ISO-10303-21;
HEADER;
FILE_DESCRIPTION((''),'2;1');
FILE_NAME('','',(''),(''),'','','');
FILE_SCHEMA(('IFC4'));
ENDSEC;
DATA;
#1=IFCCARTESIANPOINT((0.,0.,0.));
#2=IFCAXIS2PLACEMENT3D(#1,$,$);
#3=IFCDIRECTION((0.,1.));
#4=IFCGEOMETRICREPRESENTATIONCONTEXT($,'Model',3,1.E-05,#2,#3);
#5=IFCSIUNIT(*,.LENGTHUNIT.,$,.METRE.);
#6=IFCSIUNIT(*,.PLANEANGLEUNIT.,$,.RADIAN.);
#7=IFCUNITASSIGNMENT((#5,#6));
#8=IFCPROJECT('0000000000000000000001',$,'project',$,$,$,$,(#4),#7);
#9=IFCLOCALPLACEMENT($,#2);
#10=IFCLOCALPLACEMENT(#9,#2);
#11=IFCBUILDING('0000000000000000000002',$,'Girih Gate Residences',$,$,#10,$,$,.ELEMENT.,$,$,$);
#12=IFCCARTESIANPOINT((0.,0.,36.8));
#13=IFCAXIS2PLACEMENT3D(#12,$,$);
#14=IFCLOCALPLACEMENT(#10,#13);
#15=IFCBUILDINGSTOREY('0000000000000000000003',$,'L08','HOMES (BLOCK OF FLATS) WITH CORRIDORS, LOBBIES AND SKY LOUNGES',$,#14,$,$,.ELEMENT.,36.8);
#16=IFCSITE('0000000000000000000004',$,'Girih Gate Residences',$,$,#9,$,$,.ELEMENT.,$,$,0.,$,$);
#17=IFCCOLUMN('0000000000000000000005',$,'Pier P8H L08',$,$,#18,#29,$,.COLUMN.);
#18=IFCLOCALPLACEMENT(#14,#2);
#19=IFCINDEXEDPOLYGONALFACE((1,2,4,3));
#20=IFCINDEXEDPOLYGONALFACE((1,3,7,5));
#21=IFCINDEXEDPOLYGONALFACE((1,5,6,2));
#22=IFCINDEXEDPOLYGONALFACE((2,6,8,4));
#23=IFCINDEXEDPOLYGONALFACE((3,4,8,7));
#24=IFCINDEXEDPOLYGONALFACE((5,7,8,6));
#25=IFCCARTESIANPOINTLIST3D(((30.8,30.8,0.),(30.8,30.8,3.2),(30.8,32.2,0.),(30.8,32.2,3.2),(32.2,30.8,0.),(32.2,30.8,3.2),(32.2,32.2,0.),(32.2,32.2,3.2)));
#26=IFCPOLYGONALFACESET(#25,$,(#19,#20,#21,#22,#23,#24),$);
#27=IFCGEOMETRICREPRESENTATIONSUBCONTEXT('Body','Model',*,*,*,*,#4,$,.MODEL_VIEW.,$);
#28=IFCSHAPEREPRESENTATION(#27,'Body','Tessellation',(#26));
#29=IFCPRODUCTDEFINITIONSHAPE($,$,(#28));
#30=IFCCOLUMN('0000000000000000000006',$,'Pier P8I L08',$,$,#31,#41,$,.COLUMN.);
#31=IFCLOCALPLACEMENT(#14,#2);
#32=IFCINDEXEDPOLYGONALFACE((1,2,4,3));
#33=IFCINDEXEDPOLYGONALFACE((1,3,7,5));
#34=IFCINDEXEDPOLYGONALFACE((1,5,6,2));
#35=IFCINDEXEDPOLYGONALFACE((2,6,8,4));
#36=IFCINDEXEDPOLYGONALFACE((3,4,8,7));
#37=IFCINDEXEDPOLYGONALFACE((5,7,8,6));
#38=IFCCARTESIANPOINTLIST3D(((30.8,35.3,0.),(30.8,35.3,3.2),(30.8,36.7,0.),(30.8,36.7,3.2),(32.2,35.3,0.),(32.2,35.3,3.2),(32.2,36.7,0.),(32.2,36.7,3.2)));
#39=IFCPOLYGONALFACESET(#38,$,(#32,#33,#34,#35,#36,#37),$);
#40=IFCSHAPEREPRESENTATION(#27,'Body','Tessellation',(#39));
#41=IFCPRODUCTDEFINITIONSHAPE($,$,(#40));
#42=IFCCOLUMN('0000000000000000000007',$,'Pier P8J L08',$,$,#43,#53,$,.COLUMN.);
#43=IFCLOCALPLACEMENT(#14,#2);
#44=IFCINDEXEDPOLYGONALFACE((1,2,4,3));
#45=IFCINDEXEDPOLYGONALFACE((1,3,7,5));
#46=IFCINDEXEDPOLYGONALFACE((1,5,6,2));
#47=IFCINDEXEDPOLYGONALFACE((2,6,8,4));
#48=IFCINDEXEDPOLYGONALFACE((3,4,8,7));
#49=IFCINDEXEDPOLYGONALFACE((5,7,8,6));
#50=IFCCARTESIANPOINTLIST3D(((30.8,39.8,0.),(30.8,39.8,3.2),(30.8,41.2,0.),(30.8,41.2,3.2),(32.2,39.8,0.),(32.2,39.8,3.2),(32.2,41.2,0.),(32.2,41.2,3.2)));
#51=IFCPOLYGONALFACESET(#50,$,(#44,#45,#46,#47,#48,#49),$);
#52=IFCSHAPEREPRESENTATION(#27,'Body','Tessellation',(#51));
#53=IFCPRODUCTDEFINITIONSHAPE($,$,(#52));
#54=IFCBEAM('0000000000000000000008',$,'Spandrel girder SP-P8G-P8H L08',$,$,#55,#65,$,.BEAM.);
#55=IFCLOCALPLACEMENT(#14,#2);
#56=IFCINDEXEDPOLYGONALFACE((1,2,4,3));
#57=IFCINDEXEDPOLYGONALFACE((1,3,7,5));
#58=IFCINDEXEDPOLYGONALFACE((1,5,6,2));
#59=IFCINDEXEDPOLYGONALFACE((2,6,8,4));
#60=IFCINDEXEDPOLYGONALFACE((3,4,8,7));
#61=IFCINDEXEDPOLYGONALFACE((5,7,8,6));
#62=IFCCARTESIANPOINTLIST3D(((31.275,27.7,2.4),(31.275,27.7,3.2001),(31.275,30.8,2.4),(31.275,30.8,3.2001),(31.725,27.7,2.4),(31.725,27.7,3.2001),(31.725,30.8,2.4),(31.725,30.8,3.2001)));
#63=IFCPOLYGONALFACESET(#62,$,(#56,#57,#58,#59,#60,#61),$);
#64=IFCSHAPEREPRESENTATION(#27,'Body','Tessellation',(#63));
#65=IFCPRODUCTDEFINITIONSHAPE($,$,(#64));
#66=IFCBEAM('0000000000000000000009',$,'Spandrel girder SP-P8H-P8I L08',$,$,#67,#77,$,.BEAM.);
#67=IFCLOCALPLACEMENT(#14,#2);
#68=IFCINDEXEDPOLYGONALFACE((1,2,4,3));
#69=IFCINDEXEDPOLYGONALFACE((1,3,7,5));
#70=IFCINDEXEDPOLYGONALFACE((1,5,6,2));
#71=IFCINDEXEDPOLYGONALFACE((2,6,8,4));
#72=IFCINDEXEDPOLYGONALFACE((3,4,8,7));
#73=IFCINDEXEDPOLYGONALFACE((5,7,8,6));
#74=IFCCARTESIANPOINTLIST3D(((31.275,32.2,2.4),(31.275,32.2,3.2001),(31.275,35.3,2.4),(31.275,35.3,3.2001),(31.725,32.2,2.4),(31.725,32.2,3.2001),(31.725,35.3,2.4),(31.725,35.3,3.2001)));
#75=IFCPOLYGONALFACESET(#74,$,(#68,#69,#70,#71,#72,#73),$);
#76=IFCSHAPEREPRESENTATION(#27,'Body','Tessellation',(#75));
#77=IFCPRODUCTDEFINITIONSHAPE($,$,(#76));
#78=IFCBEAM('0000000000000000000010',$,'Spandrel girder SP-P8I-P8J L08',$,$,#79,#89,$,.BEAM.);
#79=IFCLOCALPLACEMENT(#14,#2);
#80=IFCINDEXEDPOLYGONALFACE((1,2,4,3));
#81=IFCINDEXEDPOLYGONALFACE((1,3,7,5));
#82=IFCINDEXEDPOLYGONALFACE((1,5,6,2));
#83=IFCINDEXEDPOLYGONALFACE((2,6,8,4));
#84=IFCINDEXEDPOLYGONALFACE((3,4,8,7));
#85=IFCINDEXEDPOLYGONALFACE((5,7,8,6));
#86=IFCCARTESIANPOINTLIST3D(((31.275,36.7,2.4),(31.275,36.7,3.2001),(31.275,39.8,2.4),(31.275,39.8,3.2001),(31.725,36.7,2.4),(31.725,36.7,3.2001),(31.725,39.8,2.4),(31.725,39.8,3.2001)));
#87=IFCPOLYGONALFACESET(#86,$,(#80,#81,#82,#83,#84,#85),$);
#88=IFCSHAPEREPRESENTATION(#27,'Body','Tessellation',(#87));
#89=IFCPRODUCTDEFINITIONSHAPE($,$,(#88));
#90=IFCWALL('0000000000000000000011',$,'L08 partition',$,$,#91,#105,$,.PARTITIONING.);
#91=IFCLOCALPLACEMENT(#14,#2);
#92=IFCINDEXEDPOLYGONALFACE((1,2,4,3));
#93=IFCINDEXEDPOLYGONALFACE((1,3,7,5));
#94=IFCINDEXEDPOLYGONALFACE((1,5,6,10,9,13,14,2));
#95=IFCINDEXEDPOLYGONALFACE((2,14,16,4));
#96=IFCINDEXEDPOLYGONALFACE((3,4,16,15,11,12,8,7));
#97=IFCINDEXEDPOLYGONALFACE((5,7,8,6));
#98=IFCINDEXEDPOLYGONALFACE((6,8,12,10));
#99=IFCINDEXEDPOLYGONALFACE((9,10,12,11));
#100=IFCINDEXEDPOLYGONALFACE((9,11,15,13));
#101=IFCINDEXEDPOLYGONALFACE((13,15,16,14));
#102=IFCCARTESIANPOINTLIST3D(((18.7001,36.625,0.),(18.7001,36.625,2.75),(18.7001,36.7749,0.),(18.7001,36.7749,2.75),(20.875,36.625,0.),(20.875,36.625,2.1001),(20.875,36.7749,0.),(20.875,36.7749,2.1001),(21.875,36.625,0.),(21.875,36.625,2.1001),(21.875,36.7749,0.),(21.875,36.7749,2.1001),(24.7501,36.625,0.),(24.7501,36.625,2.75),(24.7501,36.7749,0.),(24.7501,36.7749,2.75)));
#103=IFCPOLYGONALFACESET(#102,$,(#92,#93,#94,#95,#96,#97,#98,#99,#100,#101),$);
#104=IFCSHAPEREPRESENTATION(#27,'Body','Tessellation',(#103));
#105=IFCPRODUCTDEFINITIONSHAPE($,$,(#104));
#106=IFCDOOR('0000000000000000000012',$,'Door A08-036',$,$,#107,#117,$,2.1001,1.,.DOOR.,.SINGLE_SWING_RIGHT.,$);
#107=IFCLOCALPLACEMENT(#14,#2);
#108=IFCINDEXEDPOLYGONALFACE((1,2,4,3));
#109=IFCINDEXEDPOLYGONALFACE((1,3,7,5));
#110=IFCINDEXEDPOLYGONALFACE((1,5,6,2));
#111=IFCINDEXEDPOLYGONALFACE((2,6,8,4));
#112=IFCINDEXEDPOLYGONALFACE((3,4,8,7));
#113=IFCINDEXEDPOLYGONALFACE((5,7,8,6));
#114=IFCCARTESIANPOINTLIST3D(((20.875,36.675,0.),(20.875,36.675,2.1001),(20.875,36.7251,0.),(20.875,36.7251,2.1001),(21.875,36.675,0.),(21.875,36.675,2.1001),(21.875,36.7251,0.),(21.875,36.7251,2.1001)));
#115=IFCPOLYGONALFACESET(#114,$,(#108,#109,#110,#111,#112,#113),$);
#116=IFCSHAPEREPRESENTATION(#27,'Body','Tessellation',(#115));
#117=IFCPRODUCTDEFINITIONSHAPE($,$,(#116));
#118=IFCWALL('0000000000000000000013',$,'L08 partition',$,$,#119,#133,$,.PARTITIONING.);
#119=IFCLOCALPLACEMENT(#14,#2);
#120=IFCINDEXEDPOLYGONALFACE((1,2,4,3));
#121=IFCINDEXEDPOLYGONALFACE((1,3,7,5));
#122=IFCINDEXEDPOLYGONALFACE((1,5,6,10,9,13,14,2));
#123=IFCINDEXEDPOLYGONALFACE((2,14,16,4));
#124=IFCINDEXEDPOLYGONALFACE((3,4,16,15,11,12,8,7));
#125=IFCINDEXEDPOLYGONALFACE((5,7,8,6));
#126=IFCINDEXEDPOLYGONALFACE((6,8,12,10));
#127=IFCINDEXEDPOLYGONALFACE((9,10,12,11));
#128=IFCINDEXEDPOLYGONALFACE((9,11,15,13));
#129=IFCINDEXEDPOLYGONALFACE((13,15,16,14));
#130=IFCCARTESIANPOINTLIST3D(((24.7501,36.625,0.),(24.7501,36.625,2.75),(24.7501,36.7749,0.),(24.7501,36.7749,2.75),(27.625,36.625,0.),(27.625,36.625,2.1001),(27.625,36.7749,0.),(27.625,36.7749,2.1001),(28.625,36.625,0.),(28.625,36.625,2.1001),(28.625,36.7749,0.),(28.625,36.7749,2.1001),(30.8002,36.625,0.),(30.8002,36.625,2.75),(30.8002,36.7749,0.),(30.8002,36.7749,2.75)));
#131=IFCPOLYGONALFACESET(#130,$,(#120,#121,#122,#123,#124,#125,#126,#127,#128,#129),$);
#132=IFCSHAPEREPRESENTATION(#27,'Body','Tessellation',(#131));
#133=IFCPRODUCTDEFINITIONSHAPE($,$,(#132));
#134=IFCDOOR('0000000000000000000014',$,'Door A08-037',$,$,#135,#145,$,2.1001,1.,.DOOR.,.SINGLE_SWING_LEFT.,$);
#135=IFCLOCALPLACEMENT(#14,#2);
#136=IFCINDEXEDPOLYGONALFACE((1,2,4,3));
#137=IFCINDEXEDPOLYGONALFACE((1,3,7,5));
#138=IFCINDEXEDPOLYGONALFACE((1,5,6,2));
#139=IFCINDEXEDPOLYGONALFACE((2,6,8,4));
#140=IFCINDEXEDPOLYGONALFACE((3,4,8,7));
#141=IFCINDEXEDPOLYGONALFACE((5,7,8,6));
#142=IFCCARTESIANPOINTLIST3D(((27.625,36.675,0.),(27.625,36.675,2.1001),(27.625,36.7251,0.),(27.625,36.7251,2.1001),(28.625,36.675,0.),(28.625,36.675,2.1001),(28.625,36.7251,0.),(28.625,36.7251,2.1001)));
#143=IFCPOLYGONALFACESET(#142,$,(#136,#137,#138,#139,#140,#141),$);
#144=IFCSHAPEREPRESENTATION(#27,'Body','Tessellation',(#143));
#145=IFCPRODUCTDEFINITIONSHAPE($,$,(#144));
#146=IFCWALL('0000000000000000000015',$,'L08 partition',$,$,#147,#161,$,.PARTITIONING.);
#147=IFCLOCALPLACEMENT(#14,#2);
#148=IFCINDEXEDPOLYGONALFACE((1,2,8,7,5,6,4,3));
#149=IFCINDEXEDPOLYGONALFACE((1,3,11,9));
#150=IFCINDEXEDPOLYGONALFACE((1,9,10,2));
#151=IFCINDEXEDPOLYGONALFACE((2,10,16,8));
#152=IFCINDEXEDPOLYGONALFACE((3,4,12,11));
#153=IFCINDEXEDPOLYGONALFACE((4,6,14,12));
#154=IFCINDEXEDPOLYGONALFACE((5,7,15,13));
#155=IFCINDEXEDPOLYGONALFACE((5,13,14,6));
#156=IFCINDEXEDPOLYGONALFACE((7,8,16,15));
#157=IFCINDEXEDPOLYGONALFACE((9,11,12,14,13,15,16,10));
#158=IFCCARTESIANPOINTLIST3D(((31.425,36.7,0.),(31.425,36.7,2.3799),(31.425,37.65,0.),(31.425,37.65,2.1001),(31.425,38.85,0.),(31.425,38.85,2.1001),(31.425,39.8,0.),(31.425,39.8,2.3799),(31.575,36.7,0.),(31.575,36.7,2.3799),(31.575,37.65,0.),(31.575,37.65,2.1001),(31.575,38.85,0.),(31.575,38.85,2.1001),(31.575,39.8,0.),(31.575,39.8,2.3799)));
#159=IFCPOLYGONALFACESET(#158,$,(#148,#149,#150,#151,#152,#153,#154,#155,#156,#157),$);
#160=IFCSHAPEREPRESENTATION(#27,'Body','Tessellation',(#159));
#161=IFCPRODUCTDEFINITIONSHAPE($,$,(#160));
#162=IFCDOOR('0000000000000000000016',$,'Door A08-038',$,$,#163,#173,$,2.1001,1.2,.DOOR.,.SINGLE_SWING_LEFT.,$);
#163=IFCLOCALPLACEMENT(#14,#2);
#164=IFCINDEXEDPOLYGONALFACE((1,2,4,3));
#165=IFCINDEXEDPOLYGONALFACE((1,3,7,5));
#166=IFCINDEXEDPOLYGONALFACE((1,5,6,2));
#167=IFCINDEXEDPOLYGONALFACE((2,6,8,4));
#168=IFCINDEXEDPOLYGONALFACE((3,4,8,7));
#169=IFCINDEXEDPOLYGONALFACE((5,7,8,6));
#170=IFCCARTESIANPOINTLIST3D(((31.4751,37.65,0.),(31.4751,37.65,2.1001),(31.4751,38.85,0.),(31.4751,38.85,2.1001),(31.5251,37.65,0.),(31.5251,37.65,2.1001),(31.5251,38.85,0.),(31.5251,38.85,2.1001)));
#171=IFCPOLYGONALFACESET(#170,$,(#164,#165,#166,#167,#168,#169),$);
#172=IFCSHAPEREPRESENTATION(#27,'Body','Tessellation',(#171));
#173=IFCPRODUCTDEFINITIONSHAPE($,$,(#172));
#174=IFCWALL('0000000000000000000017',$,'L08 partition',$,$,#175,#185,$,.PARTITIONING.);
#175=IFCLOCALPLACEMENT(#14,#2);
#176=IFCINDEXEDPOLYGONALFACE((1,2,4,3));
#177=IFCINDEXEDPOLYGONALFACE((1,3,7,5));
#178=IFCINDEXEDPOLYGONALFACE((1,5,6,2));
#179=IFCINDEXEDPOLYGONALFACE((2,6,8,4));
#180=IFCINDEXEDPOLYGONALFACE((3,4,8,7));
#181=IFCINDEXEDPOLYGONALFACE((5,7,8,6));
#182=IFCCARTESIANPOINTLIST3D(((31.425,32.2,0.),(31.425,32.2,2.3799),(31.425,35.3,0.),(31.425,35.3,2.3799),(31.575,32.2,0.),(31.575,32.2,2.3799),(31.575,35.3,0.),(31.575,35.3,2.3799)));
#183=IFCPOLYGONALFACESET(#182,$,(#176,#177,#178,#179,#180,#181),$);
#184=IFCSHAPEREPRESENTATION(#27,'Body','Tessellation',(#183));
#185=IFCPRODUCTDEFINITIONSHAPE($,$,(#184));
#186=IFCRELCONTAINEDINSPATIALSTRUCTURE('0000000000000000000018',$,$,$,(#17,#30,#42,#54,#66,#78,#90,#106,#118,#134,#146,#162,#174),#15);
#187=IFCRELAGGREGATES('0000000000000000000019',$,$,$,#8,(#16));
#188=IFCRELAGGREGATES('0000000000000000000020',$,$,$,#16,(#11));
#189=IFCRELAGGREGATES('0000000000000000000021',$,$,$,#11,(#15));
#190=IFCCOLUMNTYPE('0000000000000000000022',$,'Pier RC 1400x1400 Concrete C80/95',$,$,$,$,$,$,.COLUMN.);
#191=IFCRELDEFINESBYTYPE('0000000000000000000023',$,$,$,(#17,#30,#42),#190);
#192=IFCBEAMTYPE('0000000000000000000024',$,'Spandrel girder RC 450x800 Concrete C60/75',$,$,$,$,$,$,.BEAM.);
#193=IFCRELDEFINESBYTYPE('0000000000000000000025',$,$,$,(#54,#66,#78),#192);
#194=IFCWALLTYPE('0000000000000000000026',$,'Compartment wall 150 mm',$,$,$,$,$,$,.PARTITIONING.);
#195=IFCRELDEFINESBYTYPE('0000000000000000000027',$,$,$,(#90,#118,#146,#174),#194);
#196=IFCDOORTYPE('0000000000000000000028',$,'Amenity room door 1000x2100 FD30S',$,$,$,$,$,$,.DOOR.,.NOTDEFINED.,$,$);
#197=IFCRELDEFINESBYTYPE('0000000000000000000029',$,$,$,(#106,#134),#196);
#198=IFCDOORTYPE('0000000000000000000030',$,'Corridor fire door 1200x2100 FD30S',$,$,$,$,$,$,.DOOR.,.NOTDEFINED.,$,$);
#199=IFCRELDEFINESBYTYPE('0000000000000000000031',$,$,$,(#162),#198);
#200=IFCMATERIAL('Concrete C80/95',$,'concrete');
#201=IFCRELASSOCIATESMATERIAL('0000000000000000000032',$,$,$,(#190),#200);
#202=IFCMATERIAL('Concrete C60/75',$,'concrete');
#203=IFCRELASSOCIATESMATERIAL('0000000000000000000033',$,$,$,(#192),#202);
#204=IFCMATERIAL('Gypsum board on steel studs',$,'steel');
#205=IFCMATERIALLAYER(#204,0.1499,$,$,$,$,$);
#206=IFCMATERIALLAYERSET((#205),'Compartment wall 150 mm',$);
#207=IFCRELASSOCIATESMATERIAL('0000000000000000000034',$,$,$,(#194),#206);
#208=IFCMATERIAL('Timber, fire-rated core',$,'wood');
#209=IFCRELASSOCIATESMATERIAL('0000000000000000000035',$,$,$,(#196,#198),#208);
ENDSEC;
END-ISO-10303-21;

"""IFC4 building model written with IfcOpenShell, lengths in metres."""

from ifc_helpers import new_model, si_unit, direction, frame, frame_2d, origin, origin_2d, place, context, subcontext, project, spatial, rectangle, extrude, material, layer, layer_set, material_profile, profile_set, type_object, element, fill, save


model = new_model("IFC4")

# Units and contexts
model_context = context("Model", 3, precision=1e-05, world=origin(), true_north=direction((0.0, 1.0)))
body_context = subcontext(model_context, "Body", "Model", "MODEL_VIEW")
ifc_project = project(units=[si_unit("LENGTHUNIT", "METRE"), si_unit("PLANEANGLEUNIT", "RADIAN")], contexts=[model_context])

# Site, building, storey
site_placement = place(None, origin())
site = spatial("IfcSite", under=ifc_project, at=site_placement, Name="Girih Gate Residences", CompositionType="ELEMENT", RefElevation=0.0)
building_placement = place(site_placement, origin())
building = spatial("IfcBuilding", under=site, at=building_placement, Name="Girih Gate Residences", CompositionType="ELEMENT")
storey_placement = place(building_placement, frame((0.0, 0.0, 36.8)))
storey = spatial("IfcBuildingStorey", under=building, at=storey_placement, Name="L08", Description="HOMES (BLOCK OF FLATS) WITH CORRIDORS, LOBBIES AND SKY LOUNGES", CompositionType="ELEMENT", Elevation=36.8)

# Columns
ifc_material_1 = material(Name="Concrete C80/95", Category="concrete")
ifc_material_profile_1 = material_profile(ifc_material_1, rectangle(XDim=1.3999, YDim=1.3999, at=origin_2d()))
ifc_profile_set_1 = profile_set([ifc_material_profile_1], Name="Concrete C80/95")
column_type = type_object("IfcColumnType", Name="Pier RC 1400x1400 Concrete C80/95", PredefinedType="COLUMN", material=ifc_profile_set_1)
for number, where, z_axis, x_axis, name in (
    (1, (31.5, 31.5, 0.0), (0.0, 0.0, 1.0), (1.0, 0.0, 0.0), "Pier P8H L08"),
    (2, (31.5, 36.0, 0.0), (0.0, 0.0, 1.0), (1.0, 0.0, 0.0), "Pier P8I L08"),
    (3, (31.5, 40.5, 0.0), (0.0, 0.0, 1.0), (1.0, 0.0, 0.0), "Pier P8J L08"),
):
    element("IfcColumn", number, at=place(storey_placement, frame(where, z_axis=z_axis, x_axis=x_axis)), inside=storey, type_object=column_type, Name=name, PredefinedType="COLUMN", context=body_context, shape_type="SweptSolid", body=[
        extrude(rectangle(XDim=1.3999, YDim=1.3999, at=origin_2d()), origin(), (0.0, 0.0, 1.0), 3.2),
    ])

# Beams
ifc_material_2 = material(Name="Concrete C60/75", Category="concrete")
ifc_material_profile_2 = material_profile(ifc_material_2, rectangle(XDim=0.45, YDim=0.8, at=origin_2d()))
ifc_profile_set_2 = profile_set([ifc_material_profile_2], Name="Concrete C60/75")
beam_type = type_object("IfcBeamType", Name="Spandrel girder RC 450x800 Concrete C60/75", PredefinedType="BEAM", material=ifc_profile_set_2)
for number, where, z_axis, x_axis, name in (
    (4, (31.5, 27.7, 2.8), (0.0, 1.0, 0.0), (-1.0, 0.0, 0.0), "Spandrel girder SP-P8G-P8H L08"),
    (5, (31.5, 32.2, 2.8), (0.0, 1.0, 0.0), (-1.0, 0.0, 0.0), "Spandrel girder SP-P8H-P8I L08"),
    (6, (31.5, 36.7, 2.8), (0.0, 1.0, 0.0), (-1.0, 0.0, 0.0), "Spandrel girder SP-P8I-P8J L08"),
):
    element("IfcBeam", number, at=place(storey_placement, frame(where, z_axis=z_axis, x_axis=x_axis)), inside=storey, type_object=beam_type, Name=name, PredefinedType="BEAM", context=body_context, shape_type="SweptSolid", body=[
        extrude(rectangle(XDim=0.45, YDim=0.8, at=origin_2d()), origin(), (0.0, 0.0, 1.0), 3.1001),
    ])

# Walls, openings, doors
ifc_material_3 = material(Name="Gypsum board on steel studs", Category="steel")
ifc_layer = layer(ifc_material_3, 0.1499)
ifc_layer_set = layer_set([ifc_layer], Name="Compartment wall 150 mm")
wall_type = type_object("IfcWallType", Name="Compartment wall 150 mm", PredefinedType="PARTITIONING", material=ifc_layer_set)
wall_1_placement = place(storey_placement, frame((24.75, 36.7, 0.0), z_axis=(0.0, 0.0, 1.0), x_axis=(-1.0, 0.0, 0.0)))
wall_1 = element("IfcWall", 7, at=wall_1_placement, inside=storey, type_object=wall_type, Name="L08 partition", PredefinedType="PARTITIONING", context=body_context, shape_type="SweptSolid", body=[
    extrude(rectangle(XDim=6.05, YDim=0.1499, at=frame_2d((3.0249, 0.0))), origin(), (0.0, 0.0, 1.0), 2.75),
])
opening_1_placement = place(wall_1_placement, frame((2.875, 0.0, 0.0)))
opening_1 = element("IfcOpeningElement", 8, at=opening_1_placement, cuts=wall_1, PredefinedType="OPENING", context=body_context, shape_type="SweptSolid", body=[
    extrude(rectangle(XDim=1.0, YDim=2.1001, at=frame_2d((0.5, 1.05))), frame((0.0, 0.085, 0.0), z_axis=(0.0, -1.0, 0.0), x_axis=(1.0, 0.0, 0.0)), (0.0, 0.0, 1.0), 0.1699),
])
ifc_material_4 = material(Name="Timber, fire-rated core", Category="wood")
door_type_1 = type_object("IfcDoorType", Name="Amenity room door 1000x2100 FD30S", OperationType="NOTDEFINED", PredefinedType="DOOR", material=ifc_material_4)
door_1_placement = place(opening_1_placement, origin())
door_1 = element("IfcDoor", 9, at=door_1_placement, inside=storey, type_object=door_type_1, Name="Door A08-036", OperationType="SINGLE_SWING_RIGHT", OverallHeight=2.1001, OverallWidth=1.0, PredefinedType="DOOR", context=body_context, shape_type="SweptSolid", body=[
    extrude(rectangle(XDim=1.0, YDim=2.1001, at=frame_2d((0.5, 1.05))), frame((0.0, 0.0249, 0.0), z_axis=(0.0, -1.0, 0.0), x_axis=(1.0, 0.0, 0.0)), (0.0, 0.0, 1.0), 0.05),
])
fill(opening_1, door_1)
wall_2_placement = place(storey_placement, frame((30.8, 36.7, 0.0), z_axis=(0.0, 0.0, 1.0), x_axis=(-1.0, 0.0, 0.0)))
wall_2 = element("IfcWall", 10, at=wall_2_placement, inside=storey, type_object=wall_type, Name="L08 partition", PredefinedType="PARTITIONING", context=body_context, shape_type="SweptSolid", body=[
    extrude(rectangle(XDim=6.05, YDim=0.1499, at=frame_2d((3.0249, 0.0))), origin(), (0.0, 0.0, 1.0), 2.75),
])
opening_2_placement = place(wall_2_placement, frame((2.175, 0.0, 0.0)))
opening_2 = element("IfcOpeningElement", 11, at=opening_2_placement, cuts=wall_2, PredefinedType="OPENING", context=body_context, shape_type="SweptSolid", body=[
    extrude(rectangle(XDim=1.0, YDim=2.1001, at=frame_2d((0.5, 1.05))), frame((0.0, 0.085, 0.0), z_axis=(0.0, -1.0, 0.0), x_axis=(1.0, 0.0, 0.0)), (0.0, 0.0, 1.0), 0.1699),
])
door_2_placement = place(opening_2_placement, origin())
door_2 = element("IfcDoor", 12, at=door_2_placement, inside=storey, type_object=door_type_1, Name="Door A08-037", OperationType="SINGLE_SWING_LEFT", OverallHeight=2.1001, OverallWidth=1.0, PredefinedType="DOOR", context=body_context, shape_type="SweptSolid", body=[
    extrude(rectangle(XDim=1.0, YDim=2.1001, at=frame_2d((0.5, 1.05))), frame((0.0, 0.0249, 0.0), z_axis=(0.0, -1.0, 0.0), x_axis=(1.0, 0.0, 0.0)), (0.0, 0.0, 1.0), 0.05),
])
fill(opening_2, door_2)
wall_3_placement = place(storey_placement, frame((31.5, 36.7, 0.0), z_axis=(0.0, 0.0, 1.0), x_axis=(0.0, 1.0, 0.0)))
wall_3 = element("IfcWall", 13, at=wall_3_placement, inside=storey, type_object=wall_type, Name="L08 partition", PredefinedType="PARTITIONING", context=body_context, shape_type="SweptSolid", body=[
    extrude(rectangle(XDim=3.1001, YDim=0.1499, at=frame_2d((1.55, 0.0))), origin(), (0.0, 0.0, 1.0), 2.3799),
])
opening_3_placement = place(wall_3_placement, frame((0.95, 0.0, 0.0)))
opening_3 = element("IfcOpeningElement", 14, at=opening_3_placement, cuts=wall_3, PredefinedType="OPENING", context=body_context, shape_type="SweptSolid", body=[
    extrude(rectangle(XDim=1.2, YDim=2.1001, at=frame_2d((0.6001, 1.05))), frame((0.0, 0.085, 0.0), z_axis=(0.0, -1.0, 0.0), x_axis=(1.0, 0.0, 0.0)), (0.0, 0.0, 1.0), 0.1699),
])
door_type_2 = type_object("IfcDoorType", Name="Corridor fire door 1200x2100 FD30S", OperationType="NOTDEFINED", PredefinedType="DOOR", material=ifc_material_4)
door_3_placement = place(opening_3_placement, origin())
door_3 = element("IfcDoor", 15, at=door_3_placement, inside=storey, type_object=door_type_2, Name="Door A08-038", OperationType="SINGLE_SWING_LEFT", OverallHeight=2.1001, OverallWidth=1.2, PredefinedType="DOOR", context=body_context, shape_type="SweptSolid", body=[
    extrude(rectangle(XDim=1.2, YDim=2.1001, at=frame_2d((0.6001, 1.05))), frame((0.0, 0.0249, 0.0), z_axis=(0.0, -1.0, 0.0), x_axis=(1.0, 0.0, 0.0)), (0.0, 0.0, 1.0), 0.05),
])
fill(opening_3, door_3)

# Wall
for number, where, z_axis, x_axis, name in (
    (16, (31.5, 32.2, 0.0), (0.0, 0.0, 1.0), (0.0, 1.0, 0.0), "L08 partition"),
):
    element("IfcWall", number, at=place(storey_placement, frame(where, z_axis=z_axis, x_axis=x_axis)), inside=storey, type_object=wall_type, Name=name, PredefinedType="PARTITIONING", context=body_context, shape_type="SweptSolid", body=[
        extrude(rectangle(XDim=3.1001, YDim=0.1499, at=frame_2d((1.55, 0.0))), origin(), (0.0, 0.0, 1.0), 2.3799),
    ])

save(model, "model.ifc")
